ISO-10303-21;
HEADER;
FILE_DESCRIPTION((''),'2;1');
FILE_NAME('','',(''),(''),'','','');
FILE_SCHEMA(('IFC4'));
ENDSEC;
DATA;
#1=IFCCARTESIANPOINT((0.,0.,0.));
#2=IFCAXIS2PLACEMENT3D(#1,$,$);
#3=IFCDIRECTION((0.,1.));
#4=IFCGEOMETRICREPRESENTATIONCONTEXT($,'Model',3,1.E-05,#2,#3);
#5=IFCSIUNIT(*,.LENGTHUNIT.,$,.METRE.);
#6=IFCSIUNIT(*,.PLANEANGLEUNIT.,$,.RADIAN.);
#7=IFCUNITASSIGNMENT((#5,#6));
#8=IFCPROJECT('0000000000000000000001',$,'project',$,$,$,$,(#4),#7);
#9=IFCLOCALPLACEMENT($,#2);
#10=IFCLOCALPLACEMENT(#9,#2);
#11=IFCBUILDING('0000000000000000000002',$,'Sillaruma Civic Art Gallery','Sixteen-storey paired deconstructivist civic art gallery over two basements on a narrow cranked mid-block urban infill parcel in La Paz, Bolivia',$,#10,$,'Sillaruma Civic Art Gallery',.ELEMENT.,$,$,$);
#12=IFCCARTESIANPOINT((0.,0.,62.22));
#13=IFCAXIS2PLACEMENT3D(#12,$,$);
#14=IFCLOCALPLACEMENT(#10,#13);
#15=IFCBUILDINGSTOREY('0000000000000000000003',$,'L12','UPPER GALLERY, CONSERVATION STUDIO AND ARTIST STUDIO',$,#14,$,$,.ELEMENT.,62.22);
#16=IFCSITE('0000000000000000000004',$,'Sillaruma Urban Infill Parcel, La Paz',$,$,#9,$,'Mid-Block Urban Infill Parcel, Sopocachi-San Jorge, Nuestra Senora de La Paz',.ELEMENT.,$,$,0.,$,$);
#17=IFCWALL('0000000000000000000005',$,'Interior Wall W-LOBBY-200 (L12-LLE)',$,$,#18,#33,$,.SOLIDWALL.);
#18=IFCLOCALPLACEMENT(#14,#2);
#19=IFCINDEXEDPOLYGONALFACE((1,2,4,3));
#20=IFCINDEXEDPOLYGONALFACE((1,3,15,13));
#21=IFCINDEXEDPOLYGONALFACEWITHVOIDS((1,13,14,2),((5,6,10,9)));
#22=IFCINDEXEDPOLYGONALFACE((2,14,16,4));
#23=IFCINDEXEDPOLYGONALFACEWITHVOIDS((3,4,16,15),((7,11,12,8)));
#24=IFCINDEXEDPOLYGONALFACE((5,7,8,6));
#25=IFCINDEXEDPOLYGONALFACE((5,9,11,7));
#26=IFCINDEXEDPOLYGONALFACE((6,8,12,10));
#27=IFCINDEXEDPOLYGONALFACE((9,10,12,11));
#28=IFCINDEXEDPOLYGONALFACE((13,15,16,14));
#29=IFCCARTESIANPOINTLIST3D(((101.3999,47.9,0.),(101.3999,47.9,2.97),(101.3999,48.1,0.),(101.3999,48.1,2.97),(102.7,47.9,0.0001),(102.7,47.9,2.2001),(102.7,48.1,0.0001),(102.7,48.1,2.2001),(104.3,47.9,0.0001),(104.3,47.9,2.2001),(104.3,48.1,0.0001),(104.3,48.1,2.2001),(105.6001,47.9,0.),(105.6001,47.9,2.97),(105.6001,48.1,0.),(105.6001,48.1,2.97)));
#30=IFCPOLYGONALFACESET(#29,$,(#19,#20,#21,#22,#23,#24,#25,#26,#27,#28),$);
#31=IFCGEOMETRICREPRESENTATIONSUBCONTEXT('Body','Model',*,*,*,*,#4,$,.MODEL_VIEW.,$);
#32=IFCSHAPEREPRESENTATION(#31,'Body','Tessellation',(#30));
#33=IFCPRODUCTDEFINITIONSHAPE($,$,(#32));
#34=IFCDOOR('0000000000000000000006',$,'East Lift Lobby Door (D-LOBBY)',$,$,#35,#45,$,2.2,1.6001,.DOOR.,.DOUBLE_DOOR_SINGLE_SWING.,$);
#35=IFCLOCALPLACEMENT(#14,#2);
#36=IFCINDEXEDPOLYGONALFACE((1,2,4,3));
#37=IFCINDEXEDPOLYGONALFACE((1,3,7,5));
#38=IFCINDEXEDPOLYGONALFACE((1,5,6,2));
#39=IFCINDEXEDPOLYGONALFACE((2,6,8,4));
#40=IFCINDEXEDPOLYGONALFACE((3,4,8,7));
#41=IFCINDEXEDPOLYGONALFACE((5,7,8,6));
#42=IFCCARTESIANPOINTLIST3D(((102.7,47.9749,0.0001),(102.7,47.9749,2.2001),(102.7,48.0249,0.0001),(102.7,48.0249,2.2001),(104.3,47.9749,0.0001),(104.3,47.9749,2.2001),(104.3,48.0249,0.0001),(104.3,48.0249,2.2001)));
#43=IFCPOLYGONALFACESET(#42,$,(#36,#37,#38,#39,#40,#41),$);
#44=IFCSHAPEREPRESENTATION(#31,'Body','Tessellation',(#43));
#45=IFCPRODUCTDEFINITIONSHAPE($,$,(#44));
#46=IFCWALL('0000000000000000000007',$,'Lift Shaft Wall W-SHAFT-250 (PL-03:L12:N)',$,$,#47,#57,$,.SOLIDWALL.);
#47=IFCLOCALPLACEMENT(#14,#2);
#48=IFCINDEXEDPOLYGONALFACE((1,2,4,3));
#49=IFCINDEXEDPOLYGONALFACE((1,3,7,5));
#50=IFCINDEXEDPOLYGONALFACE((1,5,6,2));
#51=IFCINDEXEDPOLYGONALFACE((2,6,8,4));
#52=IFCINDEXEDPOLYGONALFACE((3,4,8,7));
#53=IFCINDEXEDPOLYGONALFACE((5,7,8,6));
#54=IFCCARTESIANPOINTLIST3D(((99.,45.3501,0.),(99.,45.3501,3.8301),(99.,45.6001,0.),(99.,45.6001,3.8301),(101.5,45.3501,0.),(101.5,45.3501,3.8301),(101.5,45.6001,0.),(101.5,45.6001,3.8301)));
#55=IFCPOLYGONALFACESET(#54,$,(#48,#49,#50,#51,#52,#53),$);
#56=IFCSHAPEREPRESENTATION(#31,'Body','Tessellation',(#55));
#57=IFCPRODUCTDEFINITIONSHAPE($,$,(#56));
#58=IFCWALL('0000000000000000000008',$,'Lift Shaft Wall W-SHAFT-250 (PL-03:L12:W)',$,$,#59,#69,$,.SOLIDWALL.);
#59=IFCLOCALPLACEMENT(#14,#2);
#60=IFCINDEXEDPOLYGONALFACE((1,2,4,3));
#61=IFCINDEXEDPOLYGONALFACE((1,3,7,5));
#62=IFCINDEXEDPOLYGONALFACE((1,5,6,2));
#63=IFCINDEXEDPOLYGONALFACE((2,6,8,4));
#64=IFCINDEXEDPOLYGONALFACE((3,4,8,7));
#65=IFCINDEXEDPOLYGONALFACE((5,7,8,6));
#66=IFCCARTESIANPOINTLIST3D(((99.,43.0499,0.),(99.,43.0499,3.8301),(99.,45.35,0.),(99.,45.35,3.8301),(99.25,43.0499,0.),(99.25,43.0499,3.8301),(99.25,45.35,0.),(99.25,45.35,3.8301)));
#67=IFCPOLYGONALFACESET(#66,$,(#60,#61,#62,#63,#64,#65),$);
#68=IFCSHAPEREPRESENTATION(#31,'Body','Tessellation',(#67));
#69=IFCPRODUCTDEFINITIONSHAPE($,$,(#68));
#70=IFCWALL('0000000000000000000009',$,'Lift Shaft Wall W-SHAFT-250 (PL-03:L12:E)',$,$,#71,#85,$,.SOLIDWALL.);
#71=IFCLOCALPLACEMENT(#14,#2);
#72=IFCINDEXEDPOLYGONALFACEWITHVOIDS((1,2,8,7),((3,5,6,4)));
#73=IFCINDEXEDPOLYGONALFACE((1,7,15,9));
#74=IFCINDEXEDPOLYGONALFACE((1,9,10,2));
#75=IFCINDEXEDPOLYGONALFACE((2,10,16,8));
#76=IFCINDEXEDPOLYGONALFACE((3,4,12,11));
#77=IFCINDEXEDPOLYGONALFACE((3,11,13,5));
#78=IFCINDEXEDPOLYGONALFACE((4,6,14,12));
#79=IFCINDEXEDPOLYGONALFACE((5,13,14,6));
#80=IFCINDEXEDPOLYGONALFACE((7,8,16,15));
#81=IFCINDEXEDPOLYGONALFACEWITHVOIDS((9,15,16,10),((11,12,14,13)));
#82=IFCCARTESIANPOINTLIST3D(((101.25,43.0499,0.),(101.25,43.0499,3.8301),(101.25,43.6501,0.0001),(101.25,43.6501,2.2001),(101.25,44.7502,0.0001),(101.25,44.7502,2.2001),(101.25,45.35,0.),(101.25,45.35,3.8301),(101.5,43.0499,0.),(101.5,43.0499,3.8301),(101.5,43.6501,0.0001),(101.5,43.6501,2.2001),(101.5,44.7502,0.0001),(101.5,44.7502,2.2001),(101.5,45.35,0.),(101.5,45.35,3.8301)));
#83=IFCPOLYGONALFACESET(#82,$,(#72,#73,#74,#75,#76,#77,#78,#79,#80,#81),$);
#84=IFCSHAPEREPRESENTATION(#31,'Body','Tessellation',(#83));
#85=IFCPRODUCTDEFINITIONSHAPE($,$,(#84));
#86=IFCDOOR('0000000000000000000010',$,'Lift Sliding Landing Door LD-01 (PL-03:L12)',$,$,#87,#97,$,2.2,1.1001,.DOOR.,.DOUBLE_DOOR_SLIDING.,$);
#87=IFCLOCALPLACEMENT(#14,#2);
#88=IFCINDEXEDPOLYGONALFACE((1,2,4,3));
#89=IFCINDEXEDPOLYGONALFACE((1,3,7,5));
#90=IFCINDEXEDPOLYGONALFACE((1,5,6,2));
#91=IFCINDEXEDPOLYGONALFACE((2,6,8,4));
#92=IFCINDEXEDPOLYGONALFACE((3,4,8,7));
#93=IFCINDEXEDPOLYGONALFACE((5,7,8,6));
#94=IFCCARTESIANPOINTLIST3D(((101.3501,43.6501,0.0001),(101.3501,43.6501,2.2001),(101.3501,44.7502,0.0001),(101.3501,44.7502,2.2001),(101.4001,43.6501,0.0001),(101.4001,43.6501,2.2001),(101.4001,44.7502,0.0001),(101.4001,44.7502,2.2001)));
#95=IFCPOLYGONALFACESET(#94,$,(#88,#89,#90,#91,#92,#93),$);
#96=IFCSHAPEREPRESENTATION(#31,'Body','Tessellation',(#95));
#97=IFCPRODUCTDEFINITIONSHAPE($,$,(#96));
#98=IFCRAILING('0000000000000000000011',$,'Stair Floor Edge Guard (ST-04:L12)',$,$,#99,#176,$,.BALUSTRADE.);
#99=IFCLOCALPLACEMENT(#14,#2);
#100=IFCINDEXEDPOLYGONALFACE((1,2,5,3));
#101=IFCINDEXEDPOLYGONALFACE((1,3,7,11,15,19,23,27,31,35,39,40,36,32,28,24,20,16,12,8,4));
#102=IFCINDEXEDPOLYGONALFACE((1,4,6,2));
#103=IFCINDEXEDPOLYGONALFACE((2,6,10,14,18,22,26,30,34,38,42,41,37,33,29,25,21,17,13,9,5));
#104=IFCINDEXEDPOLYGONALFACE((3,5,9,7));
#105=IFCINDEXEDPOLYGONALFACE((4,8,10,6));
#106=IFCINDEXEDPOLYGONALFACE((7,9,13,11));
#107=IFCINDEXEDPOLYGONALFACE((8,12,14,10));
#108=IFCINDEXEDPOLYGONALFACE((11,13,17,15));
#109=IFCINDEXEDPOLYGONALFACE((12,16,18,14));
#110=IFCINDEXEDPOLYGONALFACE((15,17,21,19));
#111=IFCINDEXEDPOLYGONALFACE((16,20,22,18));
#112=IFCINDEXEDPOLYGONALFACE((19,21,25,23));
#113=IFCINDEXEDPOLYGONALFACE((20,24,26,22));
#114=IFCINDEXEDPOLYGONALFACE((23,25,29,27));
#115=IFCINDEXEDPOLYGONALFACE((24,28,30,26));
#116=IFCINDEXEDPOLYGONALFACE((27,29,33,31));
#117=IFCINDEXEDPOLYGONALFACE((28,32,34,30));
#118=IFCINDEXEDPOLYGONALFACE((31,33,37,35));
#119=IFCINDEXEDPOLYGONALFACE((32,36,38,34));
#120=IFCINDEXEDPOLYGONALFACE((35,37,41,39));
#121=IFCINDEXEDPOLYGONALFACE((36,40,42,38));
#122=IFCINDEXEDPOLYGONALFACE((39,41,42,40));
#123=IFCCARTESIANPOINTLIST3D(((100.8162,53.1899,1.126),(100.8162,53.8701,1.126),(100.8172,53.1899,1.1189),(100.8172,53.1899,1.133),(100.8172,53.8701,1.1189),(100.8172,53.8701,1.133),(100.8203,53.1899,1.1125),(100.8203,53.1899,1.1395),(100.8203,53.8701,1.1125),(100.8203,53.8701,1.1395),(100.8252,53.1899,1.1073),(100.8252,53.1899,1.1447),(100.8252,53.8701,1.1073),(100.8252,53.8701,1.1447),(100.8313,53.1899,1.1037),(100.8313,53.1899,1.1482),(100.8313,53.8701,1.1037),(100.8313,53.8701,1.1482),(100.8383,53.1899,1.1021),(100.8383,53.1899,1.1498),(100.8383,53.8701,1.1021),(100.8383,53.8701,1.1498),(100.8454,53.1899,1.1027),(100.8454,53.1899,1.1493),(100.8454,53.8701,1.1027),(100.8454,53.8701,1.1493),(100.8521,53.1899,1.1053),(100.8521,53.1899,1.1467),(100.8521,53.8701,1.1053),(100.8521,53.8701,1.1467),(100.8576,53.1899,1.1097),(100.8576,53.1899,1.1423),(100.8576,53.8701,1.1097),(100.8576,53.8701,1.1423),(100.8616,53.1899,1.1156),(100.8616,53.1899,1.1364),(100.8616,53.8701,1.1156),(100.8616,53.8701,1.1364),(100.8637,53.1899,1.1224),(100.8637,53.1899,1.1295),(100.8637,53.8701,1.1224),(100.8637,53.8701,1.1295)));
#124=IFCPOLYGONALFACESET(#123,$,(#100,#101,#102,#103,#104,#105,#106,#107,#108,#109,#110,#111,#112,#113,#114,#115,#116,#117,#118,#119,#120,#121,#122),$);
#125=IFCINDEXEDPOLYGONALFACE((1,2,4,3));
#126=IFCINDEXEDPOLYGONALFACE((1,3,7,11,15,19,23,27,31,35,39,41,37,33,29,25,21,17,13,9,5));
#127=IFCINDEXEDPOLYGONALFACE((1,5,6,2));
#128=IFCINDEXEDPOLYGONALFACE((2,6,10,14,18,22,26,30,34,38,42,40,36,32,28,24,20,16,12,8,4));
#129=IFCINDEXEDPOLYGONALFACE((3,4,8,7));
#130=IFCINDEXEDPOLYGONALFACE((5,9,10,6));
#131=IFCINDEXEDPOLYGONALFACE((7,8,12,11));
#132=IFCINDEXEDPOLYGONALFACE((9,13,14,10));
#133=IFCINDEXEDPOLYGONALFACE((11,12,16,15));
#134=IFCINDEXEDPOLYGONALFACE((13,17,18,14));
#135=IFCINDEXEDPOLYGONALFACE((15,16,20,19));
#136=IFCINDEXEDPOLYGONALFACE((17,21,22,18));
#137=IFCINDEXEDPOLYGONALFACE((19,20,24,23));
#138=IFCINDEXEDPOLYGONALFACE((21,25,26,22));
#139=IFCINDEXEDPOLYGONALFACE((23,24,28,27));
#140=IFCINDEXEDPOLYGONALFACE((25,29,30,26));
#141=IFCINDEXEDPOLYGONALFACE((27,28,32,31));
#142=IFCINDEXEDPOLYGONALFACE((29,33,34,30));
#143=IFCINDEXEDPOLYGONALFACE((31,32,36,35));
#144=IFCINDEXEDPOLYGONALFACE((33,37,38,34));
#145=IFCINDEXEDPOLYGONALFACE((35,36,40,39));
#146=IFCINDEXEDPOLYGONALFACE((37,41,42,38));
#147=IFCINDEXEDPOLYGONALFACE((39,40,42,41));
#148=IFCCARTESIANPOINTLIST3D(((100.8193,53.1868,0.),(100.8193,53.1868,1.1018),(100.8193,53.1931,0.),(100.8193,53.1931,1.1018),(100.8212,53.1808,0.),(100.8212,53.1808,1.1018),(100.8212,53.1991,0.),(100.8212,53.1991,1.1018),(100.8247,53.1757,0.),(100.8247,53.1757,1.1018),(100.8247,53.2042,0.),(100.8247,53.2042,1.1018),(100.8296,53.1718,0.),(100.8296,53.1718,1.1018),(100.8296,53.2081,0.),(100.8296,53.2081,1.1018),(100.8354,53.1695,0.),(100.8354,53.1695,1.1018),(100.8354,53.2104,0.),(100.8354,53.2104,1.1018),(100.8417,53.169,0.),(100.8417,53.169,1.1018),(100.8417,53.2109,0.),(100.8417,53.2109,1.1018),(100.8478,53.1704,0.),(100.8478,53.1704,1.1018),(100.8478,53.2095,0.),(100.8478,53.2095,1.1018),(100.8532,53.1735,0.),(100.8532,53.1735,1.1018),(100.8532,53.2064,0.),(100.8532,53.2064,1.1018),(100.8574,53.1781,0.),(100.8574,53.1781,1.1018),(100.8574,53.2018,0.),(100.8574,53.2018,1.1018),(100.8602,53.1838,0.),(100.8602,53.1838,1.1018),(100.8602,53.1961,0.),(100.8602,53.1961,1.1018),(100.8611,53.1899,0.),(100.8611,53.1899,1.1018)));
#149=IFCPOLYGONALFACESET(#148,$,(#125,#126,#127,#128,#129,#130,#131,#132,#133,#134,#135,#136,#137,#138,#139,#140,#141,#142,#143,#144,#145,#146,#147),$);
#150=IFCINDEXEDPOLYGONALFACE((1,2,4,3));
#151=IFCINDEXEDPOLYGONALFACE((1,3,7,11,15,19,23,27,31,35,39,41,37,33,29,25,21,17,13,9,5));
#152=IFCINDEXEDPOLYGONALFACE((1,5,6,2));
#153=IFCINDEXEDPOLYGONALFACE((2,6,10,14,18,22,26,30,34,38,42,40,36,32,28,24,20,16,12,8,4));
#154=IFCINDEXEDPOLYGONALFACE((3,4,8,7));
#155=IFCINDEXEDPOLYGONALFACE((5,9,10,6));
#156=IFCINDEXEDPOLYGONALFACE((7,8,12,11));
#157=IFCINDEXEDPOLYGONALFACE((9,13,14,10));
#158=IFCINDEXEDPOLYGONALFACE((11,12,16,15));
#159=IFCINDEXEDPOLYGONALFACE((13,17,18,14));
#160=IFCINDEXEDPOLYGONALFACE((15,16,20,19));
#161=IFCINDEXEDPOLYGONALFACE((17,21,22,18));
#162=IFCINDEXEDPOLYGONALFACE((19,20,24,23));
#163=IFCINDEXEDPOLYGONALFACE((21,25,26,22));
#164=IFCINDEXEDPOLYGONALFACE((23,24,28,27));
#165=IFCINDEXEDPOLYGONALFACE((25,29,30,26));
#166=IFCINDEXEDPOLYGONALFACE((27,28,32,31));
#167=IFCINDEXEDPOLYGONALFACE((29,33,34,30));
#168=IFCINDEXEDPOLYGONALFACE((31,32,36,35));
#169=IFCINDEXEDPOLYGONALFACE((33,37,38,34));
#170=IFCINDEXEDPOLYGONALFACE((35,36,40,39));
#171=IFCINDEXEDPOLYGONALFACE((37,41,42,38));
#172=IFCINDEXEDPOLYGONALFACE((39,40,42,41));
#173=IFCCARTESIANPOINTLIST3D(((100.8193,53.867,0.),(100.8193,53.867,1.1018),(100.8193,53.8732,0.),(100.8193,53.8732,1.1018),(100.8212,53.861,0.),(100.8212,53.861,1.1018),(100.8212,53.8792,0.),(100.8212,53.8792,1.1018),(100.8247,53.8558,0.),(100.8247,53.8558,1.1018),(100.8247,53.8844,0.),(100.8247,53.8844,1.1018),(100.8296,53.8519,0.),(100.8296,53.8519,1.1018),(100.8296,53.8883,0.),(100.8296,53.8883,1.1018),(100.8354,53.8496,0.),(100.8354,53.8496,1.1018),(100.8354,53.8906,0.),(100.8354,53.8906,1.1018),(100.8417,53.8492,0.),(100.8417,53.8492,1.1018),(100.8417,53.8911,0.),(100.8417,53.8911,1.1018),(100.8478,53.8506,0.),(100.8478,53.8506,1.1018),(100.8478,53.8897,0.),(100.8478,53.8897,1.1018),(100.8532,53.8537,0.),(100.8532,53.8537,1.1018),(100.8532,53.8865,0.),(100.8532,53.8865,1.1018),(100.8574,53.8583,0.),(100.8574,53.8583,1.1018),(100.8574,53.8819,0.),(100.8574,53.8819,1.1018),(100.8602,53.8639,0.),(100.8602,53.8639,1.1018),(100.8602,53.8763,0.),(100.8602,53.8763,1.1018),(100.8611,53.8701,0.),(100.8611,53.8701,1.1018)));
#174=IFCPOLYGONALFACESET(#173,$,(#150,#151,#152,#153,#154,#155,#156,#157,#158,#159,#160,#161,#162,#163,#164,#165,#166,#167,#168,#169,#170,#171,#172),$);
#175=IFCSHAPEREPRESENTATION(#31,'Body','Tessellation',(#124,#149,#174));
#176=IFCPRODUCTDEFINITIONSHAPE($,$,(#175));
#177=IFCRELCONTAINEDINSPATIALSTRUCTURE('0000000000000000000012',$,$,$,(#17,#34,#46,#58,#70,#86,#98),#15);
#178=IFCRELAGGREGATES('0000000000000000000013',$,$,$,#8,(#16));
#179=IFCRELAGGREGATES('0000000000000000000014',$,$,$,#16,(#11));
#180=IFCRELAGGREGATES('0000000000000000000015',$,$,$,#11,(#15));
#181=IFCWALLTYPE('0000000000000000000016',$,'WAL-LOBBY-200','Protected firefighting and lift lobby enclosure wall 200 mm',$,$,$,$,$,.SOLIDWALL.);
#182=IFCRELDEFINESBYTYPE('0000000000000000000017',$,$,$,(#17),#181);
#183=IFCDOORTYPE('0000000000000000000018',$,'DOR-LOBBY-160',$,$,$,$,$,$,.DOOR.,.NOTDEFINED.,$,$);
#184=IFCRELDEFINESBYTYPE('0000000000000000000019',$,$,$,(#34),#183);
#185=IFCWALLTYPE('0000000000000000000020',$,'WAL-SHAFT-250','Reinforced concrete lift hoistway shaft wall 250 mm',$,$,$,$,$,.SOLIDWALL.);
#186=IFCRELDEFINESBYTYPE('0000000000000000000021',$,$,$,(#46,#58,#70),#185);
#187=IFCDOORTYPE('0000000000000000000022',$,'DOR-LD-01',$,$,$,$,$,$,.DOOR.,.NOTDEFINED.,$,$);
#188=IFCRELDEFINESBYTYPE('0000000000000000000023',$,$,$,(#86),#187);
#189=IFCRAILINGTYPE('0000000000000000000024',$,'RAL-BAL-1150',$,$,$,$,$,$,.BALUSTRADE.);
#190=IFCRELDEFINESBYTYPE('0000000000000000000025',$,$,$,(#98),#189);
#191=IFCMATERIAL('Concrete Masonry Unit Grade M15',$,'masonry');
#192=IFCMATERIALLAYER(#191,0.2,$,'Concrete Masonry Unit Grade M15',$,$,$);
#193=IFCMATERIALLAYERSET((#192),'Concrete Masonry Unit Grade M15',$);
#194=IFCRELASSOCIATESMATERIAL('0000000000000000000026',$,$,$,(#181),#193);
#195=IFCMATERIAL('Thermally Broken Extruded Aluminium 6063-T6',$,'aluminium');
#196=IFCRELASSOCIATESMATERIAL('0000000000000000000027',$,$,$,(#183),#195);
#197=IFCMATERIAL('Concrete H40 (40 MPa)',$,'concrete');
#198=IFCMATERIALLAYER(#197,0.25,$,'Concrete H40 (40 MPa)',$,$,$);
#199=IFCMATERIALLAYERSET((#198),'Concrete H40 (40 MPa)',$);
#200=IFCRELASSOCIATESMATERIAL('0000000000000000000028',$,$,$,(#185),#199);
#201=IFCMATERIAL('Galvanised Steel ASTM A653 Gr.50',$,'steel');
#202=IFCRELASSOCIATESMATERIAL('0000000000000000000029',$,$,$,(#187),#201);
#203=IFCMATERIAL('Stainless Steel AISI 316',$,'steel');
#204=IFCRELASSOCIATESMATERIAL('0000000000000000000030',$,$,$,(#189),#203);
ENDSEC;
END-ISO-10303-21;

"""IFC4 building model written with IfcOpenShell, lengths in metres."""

from ifc_helpers import new_model, si_unit, direction, frame, frame_2d, origin, origin_2d, place, context, subcontext, project, spatial, rectangle, circle, extrude, material, layer, layer_set, type_object, element, fill, save


model = new_model("IFC4")

# Units and contexts
model_context = context("Model", 3, precision=1e-05, world=origin(), true_north=direction((0.0, 1.0)))
body_context = subcontext(model_context, "Body", "Model", "MODEL_VIEW")
ifc_project = project(units=[si_unit("LENGTHUNIT", "METRE"), si_unit("PLANEANGLEUNIT", "RADIAN")], contexts=[model_context])

# Site, building, storey
site_placement = place(None, origin())
site = spatial("IfcSite", under=ifc_project, at=site_placement, Name="Sillaruma Urban Infill Parcel, La Paz", LongName="Mid-Block Urban Infill Parcel, Sopocachi-San Jorge, Nuestra Senora de La Paz", CompositionType="ELEMENT", RefElevation=0.0)
building_placement = place(site_placement, origin())
building = spatial("IfcBuilding", under=site, at=building_placement, Name="Sillaruma Civic Art Gallery", Description="Sixteen-storey paired deconstructivist civic art gallery over two basements on a narrow cranked mid-block urban infill parcel in La Paz, Bolivia", LongName="Sillaruma Civic Art Gallery", CompositionType="ELEMENT")
storey_placement = place(building_placement, frame((0.0, 0.0, 62.22)))
storey = spatial("IfcBuildingStorey", under=building, at=storey_placement, Name="L12", Description="UPPER GALLERY, CONSERVATION STUDIO AND ARTIST STUDIO", CompositionType="ELEMENT", Elevation=62.22)

# Shared definitions
ifc_material_1 = material(Name="Concrete H40 (40 MPa)", Category="concrete")

# Shared definitions
ifc_material_2 = material(Name="Thermally Broken Extruded Aluminium 6063-T6", Category="aluminium")

# Shared definitions
ifc_material_3 = material(Name="Galvanised Steel ASTM A653 Gr.50", Category="steel")

# Shared definitions
ifc_material_4 = material(Name="Concrete Masonry Unit Grade M15", Category="masonry")
ifc_layer_1 = layer(ifc_material_4, 0.2, Name="Concrete Masonry Unit Grade M15")
ifc_layer_set_1 = layer_set([ifc_layer_1], Name="Concrete Masonry Unit Grade M15")
wall_type_1 = type_object("IfcWallType", Name="WAL-LOBBY-200", Description="Protected firefighting and lift lobby enclosure wall 200 mm", PredefinedType="SOLIDWALL", material=ifc_layer_set_1)

# Wall, opening, door
wall_1_placement = place(storey_placement, frame((101.3999, 48.0, 0.0), z_axis=(0.0, 0.0, 1.0), x_axis=(1.0, 0.0, 0.0)))
wall_1 = element("IfcWall", 1, at=wall_1_placement, inside=storey, type_object=wall_type_1, Name="Interior Wall W-LOBBY-200 (L12-LLE)", PredefinedType="SOLIDWALL", context=body_context, shape_type="SweptSolid", body=[
    extrude(rectangle(XDim=4.2002, YDim=0.2, at=frame_2d((2.1001, 0.0))), origin(), (0.0, 0.0, 1.0), 2.97),
])
opening_1_placement = place(wall_1_placement, frame((1.3, 0.0, 0.0)))
opening_1 = element("IfcOpeningElement", 2, at=opening_1_placement, cuts=wall_1, PredefinedType="OPENING", context=body_context, shape_type="SweptSolid", body=[
    extrude(rectangle(XDim=1.6001, YDim=2.2, at=frame_2d((0.8, 1.1001))), frame((0.0, 0.1099, 0.0), z_axis=(0.0, -1.0, 0.0), x_axis=(1.0, 0.0, 0.0)), (0.0, 0.0, 1.0), 0.22),
])
door_type_1 = type_object("IfcDoorType", Name="DOR-LOBBY-160", OperationType="NOTDEFINED", PredefinedType="DOOR", material=ifc_material_2)
door_1_placement = place(opening_1_placement, origin())
door_1 = element("IfcDoor", 3, at=door_1_placement, inside=storey, type_object=door_type_1, Name="East Lift Lobby Door (D-LOBBY)", OperationType="DOUBLE_DOOR_SINGLE_SWING", OverallHeight=2.2, OverallWidth=1.6001, PredefinedType="DOOR", context=body_context, shape_type="SweptSolid", body=[
    extrude(rectangle(XDim=1.6001, YDim=2.2, at=frame_2d((0.8, 1.1001))), frame((0.0, 0.0249, 0.0), z_axis=(0.0, -1.0, 0.0), x_axis=(1.0, 0.0, 0.0)), (0.0, 0.0, 1.0), 0.05),
])
fill(opening_1, door_1)

# Walls
ifc_layer_2 = layer(ifc_material_1, 0.25, Name="Concrete H40 (40 MPa)")
ifc_layer_set_2 = layer_set([ifc_layer_2], Name="Concrete H40 (40 MPa)")
wall_type_2 = type_object("IfcWallType", Name="WAL-SHAFT-250", Description="Reinforced concrete lift hoistway shaft wall 250 mm", PredefinedType="SOLIDWALL", material=ifc_layer_set_2)
wall_2_placement = place(storey_placement, frame((99.0, 45.4751, 0.0), z_axis=(0.0, 0.0, 1.0), x_axis=(1.0, 0.0, 0.0)))
element("IfcWall", 4, at=wall_2_placement, inside=storey, type_object=wall_type_2, Name="Lift Shaft Wall W-SHAFT-250 (PL-03:L12:N)", PredefinedType="SOLIDWALL", context=body_context, shape_type="SweptSolid", body=[
    extrude(rectangle(XDim=2.5, YDim=0.25, at=frame_2d((1.25, 0.0))), origin(), (0.0, 0.0, 1.0), 3.8301),
])
wall_3_placement = place(storey_placement, frame((99.125, 43.05, 0.0), z_axis=(0.0, 0.0, 1.0), x_axis=(0.0, 1.0, 0.0)))
element("IfcWall", 5, at=wall_3_placement, inside=storey, type_object=wall_type_2, Name="Lift Shaft Wall W-SHAFT-250 (PL-03:L12:W)", PredefinedType="SOLIDWALL", context=body_context, shape_type="SweptSolid", body=[
    extrude(rectangle(XDim=2.3, YDim=0.25, at=frame_2d((1.1499, 0.0))), origin(), (0.0, 0.0, 1.0), 3.8301),
])

# Wall, opening, door
wall_4_placement = place(storey_placement, frame((101.375, 43.05, 0.0), z_axis=(0.0, 0.0, 1.0), x_axis=(0.0, 1.0, 0.0)))
wall_4 = element("IfcWall", 6, at=wall_4_placement, inside=storey, type_object=wall_type_2, Name="Lift Shaft Wall W-SHAFT-250 (PL-03:L12:E)", PredefinedType="SOLIDWALL", context=body_context, shape_type="SweptSolid", body=[
    extrude(rectangle(XDim=2.3, YDim=0.25, at=frame_2d((1.1499, 0.0))), origin(), (0.0, 0.0, 1.0), 3.8301),
])
opening_2_placement = place(wall_4_placement, frame((0.6001, 0.0, 0.0)))
opening_2 = element("IfcOpeningElement", 7, at=opening_2_placement, cuts=wall_4, PredefinedType="OPENING", context=body_context, shape_type="SweptSolid", body=[
    extrude(rectangle(XDim=1.1001, YDim=2.2, at=frame_2d((0.55, 1.1001))), frame((0.0, 0.135, 0.0), z_axis=(0.0, -1.0, 0.0), x_axis=(1.0, 0.0, 0.0)), (0.0, 0.0, 1.0), 0.27),
])
door_type_2 = type_object("IfcDoorType", Name="DOR-LD-01", OperationType="NOTDEFINED", PredefinedType="DOOR", material=ifc_material_3)
door_2_placement = place(opening_2_placement, origin())
door_2 = element("IfcDoor", 8, at=door_2_placement, inside=storey, type_object=door_type_2, Name="Lift Sliding Landing Door LD-01 (PL-03:L12)", OperationType="DOUBLE_DOOR_SLIDING", OverallHeight=2.2, OverallWidth=1.1001, PredefinedType="DOOR", context=body_context, shape_type="SweptSolid", body=[
    extrude(rectangle(XDim=1.1001, YDim=2.2, at=frame_2d((0.55, 1.1001))), frame((0.0, 0.0249, 0.0), z_axis=(0.0, -1.0, 0.0), x_axis=(1.0, 0.0, 0.0)), (0.0, 0.0, 1.0), 0.05),
])
fill(opening_2, door_2)

# Railing
ifc_material_5 = material(Name="Stainless Steel AISI 316", Category="steel")
railing_type_1 = type_object("IfcRailingType", Name="RAL-BAL-1150", PredefinedType="BALUSTRADE", material=ifc_material_5)
railing_1_placement = place(storey_placement, frame((100.8401, 53.1899, 0.0)))
element("IfcRailing", 9, at=railing_1_placement, inside=storey, type_object=railing_type_1, Name="Stair Floor Edge Guard (ST-04:L12)", PredefinedType="BALUSTRADE", context=body_context, shape_type="SweptSolid", body=[
    extrude(circle(Radius=0.0239, at=origin_2d()), frame((0.0, 0.0, 1.126), z_axis=(0.0, 1.0, 0.0), x_axis=(-1.0, 0.0, 0.0)), (0.0, 0.0, 1.0), 0.6802),
    extrude(circle(Radius=0.021, at=origin_2d()), origin(), (0.0, 0.0, 1.0), 1.1018),
    extrude(circle(Radius=0.021, at=origin_2d()), frame((0.0, 0.6802, 0.0)), (0.0, 0.0, 1.0), 1.1018),
])

save(model, "model.ifc")
